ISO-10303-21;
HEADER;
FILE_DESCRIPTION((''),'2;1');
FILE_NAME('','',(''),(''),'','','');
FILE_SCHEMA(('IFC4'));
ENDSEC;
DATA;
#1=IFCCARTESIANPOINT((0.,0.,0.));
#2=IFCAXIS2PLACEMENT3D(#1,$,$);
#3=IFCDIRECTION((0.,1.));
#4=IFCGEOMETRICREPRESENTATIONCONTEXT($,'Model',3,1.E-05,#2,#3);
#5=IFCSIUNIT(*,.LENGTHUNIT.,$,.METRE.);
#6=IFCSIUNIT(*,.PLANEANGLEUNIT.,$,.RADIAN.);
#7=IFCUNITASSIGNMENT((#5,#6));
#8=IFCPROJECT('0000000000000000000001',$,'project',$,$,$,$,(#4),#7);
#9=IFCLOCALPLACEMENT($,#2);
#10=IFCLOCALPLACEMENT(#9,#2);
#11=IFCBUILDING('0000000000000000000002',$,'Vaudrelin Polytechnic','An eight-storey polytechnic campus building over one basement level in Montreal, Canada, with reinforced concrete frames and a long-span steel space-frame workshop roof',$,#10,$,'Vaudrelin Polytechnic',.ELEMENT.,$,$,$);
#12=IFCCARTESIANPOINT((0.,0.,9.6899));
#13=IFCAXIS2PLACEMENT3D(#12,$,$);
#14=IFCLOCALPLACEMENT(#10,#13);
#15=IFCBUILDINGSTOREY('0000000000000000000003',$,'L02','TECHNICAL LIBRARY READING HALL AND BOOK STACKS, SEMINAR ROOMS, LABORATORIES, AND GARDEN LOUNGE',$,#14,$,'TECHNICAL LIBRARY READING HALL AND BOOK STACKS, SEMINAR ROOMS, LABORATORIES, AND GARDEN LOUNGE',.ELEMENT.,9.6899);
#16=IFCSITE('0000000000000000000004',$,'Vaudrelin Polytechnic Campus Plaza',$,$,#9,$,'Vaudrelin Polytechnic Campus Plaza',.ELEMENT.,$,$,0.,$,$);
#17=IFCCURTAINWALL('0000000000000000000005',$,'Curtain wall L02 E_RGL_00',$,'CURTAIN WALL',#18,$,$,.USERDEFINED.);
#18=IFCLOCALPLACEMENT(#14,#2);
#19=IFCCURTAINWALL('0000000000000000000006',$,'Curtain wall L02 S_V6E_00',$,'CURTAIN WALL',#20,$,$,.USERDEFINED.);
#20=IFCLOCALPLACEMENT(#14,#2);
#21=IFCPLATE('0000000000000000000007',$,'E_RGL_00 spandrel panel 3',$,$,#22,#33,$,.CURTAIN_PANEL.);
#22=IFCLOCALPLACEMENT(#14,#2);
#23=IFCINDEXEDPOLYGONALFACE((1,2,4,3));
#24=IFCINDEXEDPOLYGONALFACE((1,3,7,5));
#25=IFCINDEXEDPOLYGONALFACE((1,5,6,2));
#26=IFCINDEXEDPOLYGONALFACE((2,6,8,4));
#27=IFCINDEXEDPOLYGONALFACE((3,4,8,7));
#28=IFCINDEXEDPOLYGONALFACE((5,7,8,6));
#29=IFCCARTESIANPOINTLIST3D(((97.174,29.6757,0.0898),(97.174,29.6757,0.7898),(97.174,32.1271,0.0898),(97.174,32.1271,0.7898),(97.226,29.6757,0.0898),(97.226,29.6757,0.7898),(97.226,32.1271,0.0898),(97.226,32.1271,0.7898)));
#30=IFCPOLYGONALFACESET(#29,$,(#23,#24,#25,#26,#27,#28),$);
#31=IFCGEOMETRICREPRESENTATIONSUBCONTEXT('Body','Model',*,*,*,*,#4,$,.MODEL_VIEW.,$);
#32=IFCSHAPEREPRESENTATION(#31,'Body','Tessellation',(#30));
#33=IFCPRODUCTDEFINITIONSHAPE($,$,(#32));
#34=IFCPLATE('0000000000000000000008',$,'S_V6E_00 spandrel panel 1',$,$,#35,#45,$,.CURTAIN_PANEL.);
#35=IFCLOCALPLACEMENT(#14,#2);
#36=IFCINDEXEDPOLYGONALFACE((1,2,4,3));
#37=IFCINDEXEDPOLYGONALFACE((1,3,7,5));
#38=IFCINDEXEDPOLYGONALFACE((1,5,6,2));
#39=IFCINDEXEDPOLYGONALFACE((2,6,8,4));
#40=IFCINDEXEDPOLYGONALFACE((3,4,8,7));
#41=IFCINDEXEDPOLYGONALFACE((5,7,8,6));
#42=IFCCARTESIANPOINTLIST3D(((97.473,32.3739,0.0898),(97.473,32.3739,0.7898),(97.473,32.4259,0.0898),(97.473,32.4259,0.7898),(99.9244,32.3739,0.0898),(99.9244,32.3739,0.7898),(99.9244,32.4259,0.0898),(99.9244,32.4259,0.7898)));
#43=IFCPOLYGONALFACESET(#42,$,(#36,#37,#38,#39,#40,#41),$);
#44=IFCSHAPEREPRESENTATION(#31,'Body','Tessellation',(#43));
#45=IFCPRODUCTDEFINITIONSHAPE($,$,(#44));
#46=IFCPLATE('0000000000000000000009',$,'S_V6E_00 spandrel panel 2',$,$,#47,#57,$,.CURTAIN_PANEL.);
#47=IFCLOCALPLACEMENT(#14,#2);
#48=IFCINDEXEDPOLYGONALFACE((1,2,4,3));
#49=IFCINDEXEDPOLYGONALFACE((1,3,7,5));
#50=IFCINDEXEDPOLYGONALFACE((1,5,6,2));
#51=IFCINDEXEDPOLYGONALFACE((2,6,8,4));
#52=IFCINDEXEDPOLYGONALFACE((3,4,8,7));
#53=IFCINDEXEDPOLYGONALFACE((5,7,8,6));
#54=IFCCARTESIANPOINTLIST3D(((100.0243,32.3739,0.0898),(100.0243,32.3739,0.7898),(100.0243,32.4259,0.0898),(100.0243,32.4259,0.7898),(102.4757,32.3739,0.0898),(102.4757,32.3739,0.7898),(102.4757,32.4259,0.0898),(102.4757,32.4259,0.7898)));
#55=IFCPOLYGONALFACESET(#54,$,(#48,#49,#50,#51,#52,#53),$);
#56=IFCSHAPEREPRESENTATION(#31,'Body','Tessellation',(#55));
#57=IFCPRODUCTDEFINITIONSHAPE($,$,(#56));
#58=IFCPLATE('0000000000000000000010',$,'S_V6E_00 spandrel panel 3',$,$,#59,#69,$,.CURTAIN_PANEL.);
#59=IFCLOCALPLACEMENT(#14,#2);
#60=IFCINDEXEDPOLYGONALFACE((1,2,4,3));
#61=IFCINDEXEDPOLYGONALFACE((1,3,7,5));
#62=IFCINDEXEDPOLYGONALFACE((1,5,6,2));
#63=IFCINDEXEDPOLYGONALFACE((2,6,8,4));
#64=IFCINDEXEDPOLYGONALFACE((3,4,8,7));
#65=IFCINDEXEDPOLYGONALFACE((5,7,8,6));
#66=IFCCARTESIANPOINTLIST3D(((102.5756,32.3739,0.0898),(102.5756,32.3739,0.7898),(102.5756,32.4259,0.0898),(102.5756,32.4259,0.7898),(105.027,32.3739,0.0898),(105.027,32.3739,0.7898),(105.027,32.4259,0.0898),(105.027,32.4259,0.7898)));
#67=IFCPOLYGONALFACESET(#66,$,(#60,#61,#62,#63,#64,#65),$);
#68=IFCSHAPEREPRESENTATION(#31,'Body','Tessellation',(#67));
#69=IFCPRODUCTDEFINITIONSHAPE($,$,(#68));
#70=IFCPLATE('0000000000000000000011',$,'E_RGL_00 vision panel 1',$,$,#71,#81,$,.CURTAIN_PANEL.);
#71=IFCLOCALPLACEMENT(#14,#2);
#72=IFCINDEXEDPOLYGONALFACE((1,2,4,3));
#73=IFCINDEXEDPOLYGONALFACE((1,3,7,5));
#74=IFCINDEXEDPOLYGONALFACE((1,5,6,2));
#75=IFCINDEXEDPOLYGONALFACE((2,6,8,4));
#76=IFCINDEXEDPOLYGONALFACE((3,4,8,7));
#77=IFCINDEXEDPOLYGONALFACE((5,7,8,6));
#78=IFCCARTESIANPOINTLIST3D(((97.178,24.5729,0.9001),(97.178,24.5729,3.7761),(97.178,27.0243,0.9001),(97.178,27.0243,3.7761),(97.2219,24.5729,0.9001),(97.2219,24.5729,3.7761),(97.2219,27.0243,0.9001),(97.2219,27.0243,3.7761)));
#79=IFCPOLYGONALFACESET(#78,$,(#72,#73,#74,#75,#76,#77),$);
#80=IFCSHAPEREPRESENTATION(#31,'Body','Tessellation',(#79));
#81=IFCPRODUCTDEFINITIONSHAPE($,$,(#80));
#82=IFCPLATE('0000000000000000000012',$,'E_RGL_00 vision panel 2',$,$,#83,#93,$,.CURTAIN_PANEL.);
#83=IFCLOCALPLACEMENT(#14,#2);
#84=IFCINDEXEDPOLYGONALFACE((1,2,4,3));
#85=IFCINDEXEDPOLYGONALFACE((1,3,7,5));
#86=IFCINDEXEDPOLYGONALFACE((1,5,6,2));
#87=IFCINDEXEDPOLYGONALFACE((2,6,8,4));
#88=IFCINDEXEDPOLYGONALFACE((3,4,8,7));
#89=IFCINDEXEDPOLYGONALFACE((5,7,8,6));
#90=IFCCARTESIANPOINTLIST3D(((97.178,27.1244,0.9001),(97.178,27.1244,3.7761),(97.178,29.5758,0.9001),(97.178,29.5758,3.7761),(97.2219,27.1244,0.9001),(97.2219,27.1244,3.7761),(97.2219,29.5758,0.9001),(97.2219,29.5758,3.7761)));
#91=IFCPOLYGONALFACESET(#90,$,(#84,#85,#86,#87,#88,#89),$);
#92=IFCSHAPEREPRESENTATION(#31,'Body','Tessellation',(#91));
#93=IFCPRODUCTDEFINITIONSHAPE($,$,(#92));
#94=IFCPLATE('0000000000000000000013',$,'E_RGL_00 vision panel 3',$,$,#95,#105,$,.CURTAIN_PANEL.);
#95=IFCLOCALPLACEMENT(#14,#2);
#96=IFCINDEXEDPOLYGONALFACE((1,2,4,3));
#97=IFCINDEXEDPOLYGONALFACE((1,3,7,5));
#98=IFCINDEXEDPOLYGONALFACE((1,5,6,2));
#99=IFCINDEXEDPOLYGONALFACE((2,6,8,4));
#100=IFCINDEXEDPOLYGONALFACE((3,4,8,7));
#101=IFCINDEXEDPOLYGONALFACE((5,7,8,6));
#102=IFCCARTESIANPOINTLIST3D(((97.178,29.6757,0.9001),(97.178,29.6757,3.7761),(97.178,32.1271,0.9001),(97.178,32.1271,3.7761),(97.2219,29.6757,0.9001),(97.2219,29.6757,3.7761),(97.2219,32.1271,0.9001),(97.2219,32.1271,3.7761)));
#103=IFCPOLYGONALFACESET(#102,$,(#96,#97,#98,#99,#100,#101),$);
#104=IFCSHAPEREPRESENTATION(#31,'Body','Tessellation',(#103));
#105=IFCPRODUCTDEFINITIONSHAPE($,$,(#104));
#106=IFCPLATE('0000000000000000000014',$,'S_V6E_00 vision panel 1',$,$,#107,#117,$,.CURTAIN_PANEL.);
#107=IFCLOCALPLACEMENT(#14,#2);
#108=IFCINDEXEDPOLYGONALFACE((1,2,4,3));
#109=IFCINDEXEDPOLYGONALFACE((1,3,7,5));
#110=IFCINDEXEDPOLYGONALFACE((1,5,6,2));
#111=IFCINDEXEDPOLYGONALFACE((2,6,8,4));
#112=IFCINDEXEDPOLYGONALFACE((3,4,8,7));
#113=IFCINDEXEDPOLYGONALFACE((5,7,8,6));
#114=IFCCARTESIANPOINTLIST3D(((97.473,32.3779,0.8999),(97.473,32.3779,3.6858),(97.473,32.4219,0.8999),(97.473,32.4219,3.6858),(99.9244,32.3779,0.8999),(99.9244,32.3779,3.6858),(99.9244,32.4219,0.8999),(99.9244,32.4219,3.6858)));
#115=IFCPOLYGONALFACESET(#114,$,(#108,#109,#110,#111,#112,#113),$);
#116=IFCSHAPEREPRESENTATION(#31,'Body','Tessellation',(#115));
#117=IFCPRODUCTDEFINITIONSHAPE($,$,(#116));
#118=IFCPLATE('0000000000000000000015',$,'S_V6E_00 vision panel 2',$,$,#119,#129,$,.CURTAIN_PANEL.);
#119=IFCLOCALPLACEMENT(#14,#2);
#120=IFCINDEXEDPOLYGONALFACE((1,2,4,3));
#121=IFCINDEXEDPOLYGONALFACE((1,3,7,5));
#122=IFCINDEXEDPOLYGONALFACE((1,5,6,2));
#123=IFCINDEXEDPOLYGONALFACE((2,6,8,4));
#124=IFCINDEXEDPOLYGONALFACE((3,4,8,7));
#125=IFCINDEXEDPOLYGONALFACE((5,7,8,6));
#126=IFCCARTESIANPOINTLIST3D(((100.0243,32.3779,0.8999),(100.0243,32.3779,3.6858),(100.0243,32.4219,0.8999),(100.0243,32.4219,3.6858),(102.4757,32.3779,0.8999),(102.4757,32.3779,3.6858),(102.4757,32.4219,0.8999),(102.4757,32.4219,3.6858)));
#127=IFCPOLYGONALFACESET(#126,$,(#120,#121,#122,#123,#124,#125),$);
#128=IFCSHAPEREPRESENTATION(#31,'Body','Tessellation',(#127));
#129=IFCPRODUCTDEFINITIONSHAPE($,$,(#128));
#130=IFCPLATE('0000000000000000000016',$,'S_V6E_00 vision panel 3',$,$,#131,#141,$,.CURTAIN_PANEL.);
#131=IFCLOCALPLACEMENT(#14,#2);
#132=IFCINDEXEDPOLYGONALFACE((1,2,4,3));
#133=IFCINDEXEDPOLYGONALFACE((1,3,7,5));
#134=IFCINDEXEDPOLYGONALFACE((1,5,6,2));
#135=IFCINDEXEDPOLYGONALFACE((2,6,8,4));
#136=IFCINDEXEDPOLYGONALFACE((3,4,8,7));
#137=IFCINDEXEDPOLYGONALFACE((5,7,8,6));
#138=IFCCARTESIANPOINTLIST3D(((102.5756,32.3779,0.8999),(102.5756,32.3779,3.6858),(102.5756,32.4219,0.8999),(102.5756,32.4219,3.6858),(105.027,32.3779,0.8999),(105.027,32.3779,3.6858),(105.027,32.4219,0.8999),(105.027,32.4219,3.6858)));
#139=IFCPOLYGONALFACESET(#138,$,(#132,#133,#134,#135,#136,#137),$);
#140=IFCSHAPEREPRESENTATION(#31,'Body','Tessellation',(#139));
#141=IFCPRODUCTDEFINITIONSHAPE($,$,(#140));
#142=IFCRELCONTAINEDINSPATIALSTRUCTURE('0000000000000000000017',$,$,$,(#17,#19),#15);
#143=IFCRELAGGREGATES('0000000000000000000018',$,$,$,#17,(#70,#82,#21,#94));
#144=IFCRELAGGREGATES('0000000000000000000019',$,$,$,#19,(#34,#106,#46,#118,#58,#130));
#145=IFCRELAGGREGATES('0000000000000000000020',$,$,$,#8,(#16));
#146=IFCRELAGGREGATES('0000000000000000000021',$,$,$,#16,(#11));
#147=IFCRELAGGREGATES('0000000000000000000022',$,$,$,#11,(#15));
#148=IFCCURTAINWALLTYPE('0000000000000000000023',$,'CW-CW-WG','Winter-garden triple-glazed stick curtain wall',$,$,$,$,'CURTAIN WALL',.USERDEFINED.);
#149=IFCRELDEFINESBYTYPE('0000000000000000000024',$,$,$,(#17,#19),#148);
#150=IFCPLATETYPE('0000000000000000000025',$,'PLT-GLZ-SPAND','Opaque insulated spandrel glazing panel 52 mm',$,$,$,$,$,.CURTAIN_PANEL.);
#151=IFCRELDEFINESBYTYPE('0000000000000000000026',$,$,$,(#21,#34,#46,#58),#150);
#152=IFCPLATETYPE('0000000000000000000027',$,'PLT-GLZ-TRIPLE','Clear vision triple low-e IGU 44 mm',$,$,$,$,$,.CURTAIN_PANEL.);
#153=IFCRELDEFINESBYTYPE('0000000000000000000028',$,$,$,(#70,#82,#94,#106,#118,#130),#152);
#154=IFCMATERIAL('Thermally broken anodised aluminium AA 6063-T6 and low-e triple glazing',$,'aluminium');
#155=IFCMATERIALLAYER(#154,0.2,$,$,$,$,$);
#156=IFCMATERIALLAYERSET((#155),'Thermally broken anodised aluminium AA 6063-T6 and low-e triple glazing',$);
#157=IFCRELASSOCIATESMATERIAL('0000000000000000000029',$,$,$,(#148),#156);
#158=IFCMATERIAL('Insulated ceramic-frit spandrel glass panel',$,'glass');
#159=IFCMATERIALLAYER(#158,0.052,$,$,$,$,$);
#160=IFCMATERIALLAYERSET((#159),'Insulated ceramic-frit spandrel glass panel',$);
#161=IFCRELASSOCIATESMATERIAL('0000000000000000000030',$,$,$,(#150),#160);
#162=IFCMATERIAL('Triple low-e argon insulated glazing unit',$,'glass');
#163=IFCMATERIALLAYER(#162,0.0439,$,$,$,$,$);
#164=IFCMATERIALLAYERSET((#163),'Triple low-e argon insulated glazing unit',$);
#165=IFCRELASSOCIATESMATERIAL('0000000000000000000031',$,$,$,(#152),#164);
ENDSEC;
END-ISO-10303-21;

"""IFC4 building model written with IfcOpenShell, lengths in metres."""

from ifc_helpers import new_model, si_unit, direction, frame, origin, origin_2d, place, context, subcontext, project, spatial, rectangle, extrude, material, layer, layer_set, type_object, element, aggregate, save


model = new_model("IFC4")

# Units and contexts
model_context = context("Model", 3, precision=1e-05, world=origin(), true_north=direction((0.0, 1.0)))
body_context = subcontext(model_context, "Body", "Model", "MODEL_VIEW")
ifc_project = project(units=[si_unit("LENGTHUNIT", "METRE"), si_unit("PLANEANGLEUNIT", "RADIAN")], contexts=[model_context])

# Site, building, storey
site_placement = place(None, origin())
site = spatial("IfcSite", under=ifc_project, at=site_placement, Name="Vaudrelin Polytechnic Campus Plaza", LongName="Vaudrelin Polytechnic Campus Plaza", CompositionType="ELEMENT", RefElevation=0.0)
building_placement = place(site_placement, origin())
building = spatial("IfcBuilding", under=site, at=building_placement, Name="Vaudrelin Polytechnic", Description="An eight-storey polytechnic campus building over one basement level in Montreal, Canada, with reinforced concrete frames and a long-span steel space-frame workshop roof", LongName="Vaudrelin Polytechnic", CompositionType="ELEMENT")
storey_placement = place(building_placement, frame((0.0, 0.0, 9.6899)))
storey = spatial("IfcBuildingStorey", under=building, at=storey_placement, Name="L02", Description="TECHNICAL LIBRARY READING HALL AND BOOK STACKS, SEMINAR ROOMS, LABORATORIES, AND GARDEN LOUNGE", LongName="TECHNICAL LIBRARY READING HALL AND BOOK STACKS, SEMINAR ROOMS, LABORATORIES, AND GARDEN LOUNGE", CompositionType="ELEMENT", Elevation=9.6899)

# Curtain walls
ifc_material_1 = material(Name="Thermally broken anodised aluminium AA 6063-T6 and low-e triple glazing", Category="aluminium")
ifc_layer_1 = layer(ifc_material_1, 0.2)
ifc_layer_set_1 = layer_set([ifc_layer_1], Name="Thermally broken anodised aluminium AA 6063-T6 and low-e triple glazing")
curtain_wall_type = type_object("IfcCurtainWallType", Name="CW-CW-WG", Description="Winter-garden triple-glazed stick curtain wall", ElementType="CURTAIN WALL", PredefinedType="USERDEFINED", material=ifc_layer_set_1)
curtain_wall_1_placement = place(storey_placement, origin())
curtain_wall_1 = element("IfcCurtainWall", 1, at=curtain_wall_1_placement, inside=storey, type_object=curtain_wall_type, Name="Curtain wall L02 E_RGL_00", ObjectType="CURTAIN WALL", PredefinedType="USERDEFINED")
curtain_wall_2_placement = place(storey_placement, origin())
curtain_wall_2 = element("IfcCurtainWall", 2, at=curtain_wall_2_placement, inside=storey, type_object=curtain_wall_type, Name="Curtain wall L02 S_V6E_00", ObjectType="CURTAIN WALL", PredefinedType="USERDEFINED")

# Plates
ifc_material_2 = material(Name="Insulated ceramic-frit spandrel glass panel", Category="glass")
ifc_layer_2 = layer(ifc_material_2, 0.052)
ifc_layer_set_2 = layer_set([ifc_layer_2], Name="Insulated ceramic-frit spandrel glass panel")
plate_type_1 = type_object("IfcPlateType", Name="PLT-GLZ-SPAND", Description="Opaque insulated spandrel glazing panel 52 mm", PredefinedType="CURTAIN_PANEL", material=ifc_layer_set_2)
plate_1_placement = place(storey_placement, frame((97.2, 30.9014, 0.0898), z_axis=(0.0, 0.0, 1.0), x_axis=(0.0, 1.0, 0.0)))
plate_1 = element("IfcPlate", 3, at=plate_1_placement, type_object=plate_type_1, Name="E_RGL_00 spandrel panel 3", PredefinedType="CURTAIN_PANEL", context=body_context, shape_type="SweptSolid", body=[
    extrude(rectangle(XDim=2.4514, YDim=0.052, at=origin_2d()), origin(), (0.0, 0.0, 1.0), 0.7),
])
plate_2_placement = place(storey_placement, frame((98.6987, 32.3999, 0.0898), z_axis=(0.0, 0.0, 1.0), x_axis=(1.0, 0.0, 0.0)))
plate_2 = element("IfcPlate", 4, at=plate_2_placement, type_object=plate_type_1, Name="S_V6E_00 spandrel panel 1", PredefinedType="CURTAIN_PANEL", context=body_context, shape_type="SweptSolid", body=[
    extrude(rectangle(XDim=2.4514, YDim=0.052, at=origin_2d()), origin(), (0.0, 0.0, 1.0), 0.7),
])
plate_3_placement = place(storey_placement, frame((101.25, 32.3999, 0.0898), z_axis=(0.0, 0.0, 1.0), x_axis=(1.0, 0.0, 0.0)))
plate_3 = element("IfcPlate", 5, at=plate_3_placement, type_object=plate_type_1, Name="S_V6E_00 spandrel panel 2", PredefinedType="CURTAIN_PANEL", context=body_context, shape_type="SweptSolid", body=[
    extrude(rectangle(XDim=2.4514, YDim=0.052, at=origin_2d()), origin(), (0.0, 0.0, 1.0), 0.7),
])
plate_4_placement = place(storey_placement, frame((103.8013, 32.3999, 0.0898), z_axis=(0.0, 0.0, 1.0), x_axis=(1.0, 0.0, 0.0)))
plate_4 = element("IfcPlate", 6, at=plate_4_placement, type_object=plate_type_1, Name="S_V6E_00 spandrel panel 3", PredefinedType="CURTAIN_PANEL", context=body_context, shape_type="SweptSolid", body=[
    extrude(rectangle(XDim=2.4514, YDim=0.052, at=origin_2d()), origin(), (0.0, 0.0, 1.0), 0.7),
])
ifc_material_3 = material(Name="Triple low-e argon insulated glazing unit", Category="glass")
ifc_layer_3 = layer(ifc_material_3, 0.0439)
ifc_layer_set_3 = layer_set([ifc_layer_3], Name="Triple low-e argon insulated glazing unit")
plate_type_2 = type_object("IfcPlateType", Name="PLT-GLZ-TRIPLE", Description="Clear vision triple low-e IGU 44 mm", PredefinedType="CURTAIN_PANEL", material=ifc_layer_set_3)
plate_5_placement = place(storey_placement, frame((97.2, 25.7986, 0.9001), z_axis=(0.0, 0.0, 1.0), x_axis=(0.0, 1.0, 0.0)))
plate_5 = element("IfcPlate", 7, at=plate_5_placement, type_object=plate_type_2, Name="E_RGL_00 vision panel 1", PredefinedType="CURTAIN_PANEL", context=body_context, shape_type="SweptSolid", body=[
    extrude(rectangle(XDim=2.4514, YDim=0.0439, at=origin_2d()), origin(), (0.0, 0.0, 1.0), 2.876),
])
plate_6_placement = place(storey_placement, frame((97.2, 28.3501, 0.9001), z_axis=(0.0, 0.0, 1.0), x_axis=(0.0, 1.0, 0.0)))
plate_6 = element("IfcPlate", 8, at=plate_6_placement, type_object=plate_type_2, Name="E_RGL_00 vision panel 2", PredefinedType="CURTAIN_PANEL", context=body_context, shape_type="SweptSolid", body=[
    extrude(rectangle(XDim=2.4514, YDim=0.0439, at=origin_2d()), origin(), (0.0, 0.0, 1.0), 2.876),
])
plate_7_placement = place(storey_placement, frame((97.2, 30.9014, 0.9001), z_axis=(0.0, 0.0, 1.0), x_axis=(0.0, 1.0, 0.0)))
plate_7 = element("IfcPlate", 9, at=plate_7_placement, type_object=plate_type_2, Name="E_RGL_00 vision panel 3", PredefinedType="CURTAIN_PANEL", context=body_context, shape_type="SweptSolid", body=[
    extrude(rectangle(XDim=2.4514, YDim=0.0439, at=origin_2d()), origin(), (0.0, 0.0, 1.0), 2.876),
])
aggregate(curtain_wall_1, [plate_5, plate_6, plate_1, plate_7])
plate_8_placement = place(storey_placement, frame((98.6987, 32.3999, 0.8999), z_axis=(0.0, 0.0, 1.0), x_axis=(1.0, 0.0, 0.0)))
plate_8 = element("IfcPlate", 10, at=plate_8_placement, type_object=plate_type_2, Name="S_V6E_00 vision panel 1", PredefinedType="CURTAIN_PANEL", context=body_context, shape_type="SweptSolid", body=[
    extrude(rectangle(XDim=2.4514, YDim=0.0439, at=origin_2d()), origin(), (0.0, 0.0, 1.0), 2.7859),
])
plate_9_placement = place(storey_placement, frame((101.25, 32.3999, 0.8999), z_axis=(0.0, 0.0, 1.0), x_axis=(1.0, 0.0, 0.0)))
plate_9 = element("IfcPlate", 11, at=plate_9_placement, type_object=plate_type_2, Name="S_V6E_00 vision panel 2", PredefinedType="CURTAIN_PANEL", context=body_context, shape_type="SweptSolid", body=[
    extrude(rectangle(XDim=2.4514, YDim=0.0439, at=origin_2d()), origin(), (0.0, 0.0, 1.0), 2.7859),
])
plate_10_placement = place(storey_placement, frame((103.8013, 32.3999, 0.8999), z_axis=(0.0, 0.0, 1.0), x_axis=(1.0, 0.0, 0.0)))
plate_10 = element("IfcPlate", 12, at=plate_10_placement, type_object=plate_type_2, Name="S_V6E_00 vision panel 3", PredefinedType="CURTAIN_PANEL", context=body_context, shape_type="SweptSolid", body=[
    extrude(rectangle(XDim=2.4514, YDim=0.0439, at=origin_2d()), origin(), (0.0, 0.0, 1.0), 2.7859),
])
aggregate(curtain_wall_2, [plate_2, plate_8, plate_3, plate_9, plate_4, plate_10])

save(model, "model.ifc")
